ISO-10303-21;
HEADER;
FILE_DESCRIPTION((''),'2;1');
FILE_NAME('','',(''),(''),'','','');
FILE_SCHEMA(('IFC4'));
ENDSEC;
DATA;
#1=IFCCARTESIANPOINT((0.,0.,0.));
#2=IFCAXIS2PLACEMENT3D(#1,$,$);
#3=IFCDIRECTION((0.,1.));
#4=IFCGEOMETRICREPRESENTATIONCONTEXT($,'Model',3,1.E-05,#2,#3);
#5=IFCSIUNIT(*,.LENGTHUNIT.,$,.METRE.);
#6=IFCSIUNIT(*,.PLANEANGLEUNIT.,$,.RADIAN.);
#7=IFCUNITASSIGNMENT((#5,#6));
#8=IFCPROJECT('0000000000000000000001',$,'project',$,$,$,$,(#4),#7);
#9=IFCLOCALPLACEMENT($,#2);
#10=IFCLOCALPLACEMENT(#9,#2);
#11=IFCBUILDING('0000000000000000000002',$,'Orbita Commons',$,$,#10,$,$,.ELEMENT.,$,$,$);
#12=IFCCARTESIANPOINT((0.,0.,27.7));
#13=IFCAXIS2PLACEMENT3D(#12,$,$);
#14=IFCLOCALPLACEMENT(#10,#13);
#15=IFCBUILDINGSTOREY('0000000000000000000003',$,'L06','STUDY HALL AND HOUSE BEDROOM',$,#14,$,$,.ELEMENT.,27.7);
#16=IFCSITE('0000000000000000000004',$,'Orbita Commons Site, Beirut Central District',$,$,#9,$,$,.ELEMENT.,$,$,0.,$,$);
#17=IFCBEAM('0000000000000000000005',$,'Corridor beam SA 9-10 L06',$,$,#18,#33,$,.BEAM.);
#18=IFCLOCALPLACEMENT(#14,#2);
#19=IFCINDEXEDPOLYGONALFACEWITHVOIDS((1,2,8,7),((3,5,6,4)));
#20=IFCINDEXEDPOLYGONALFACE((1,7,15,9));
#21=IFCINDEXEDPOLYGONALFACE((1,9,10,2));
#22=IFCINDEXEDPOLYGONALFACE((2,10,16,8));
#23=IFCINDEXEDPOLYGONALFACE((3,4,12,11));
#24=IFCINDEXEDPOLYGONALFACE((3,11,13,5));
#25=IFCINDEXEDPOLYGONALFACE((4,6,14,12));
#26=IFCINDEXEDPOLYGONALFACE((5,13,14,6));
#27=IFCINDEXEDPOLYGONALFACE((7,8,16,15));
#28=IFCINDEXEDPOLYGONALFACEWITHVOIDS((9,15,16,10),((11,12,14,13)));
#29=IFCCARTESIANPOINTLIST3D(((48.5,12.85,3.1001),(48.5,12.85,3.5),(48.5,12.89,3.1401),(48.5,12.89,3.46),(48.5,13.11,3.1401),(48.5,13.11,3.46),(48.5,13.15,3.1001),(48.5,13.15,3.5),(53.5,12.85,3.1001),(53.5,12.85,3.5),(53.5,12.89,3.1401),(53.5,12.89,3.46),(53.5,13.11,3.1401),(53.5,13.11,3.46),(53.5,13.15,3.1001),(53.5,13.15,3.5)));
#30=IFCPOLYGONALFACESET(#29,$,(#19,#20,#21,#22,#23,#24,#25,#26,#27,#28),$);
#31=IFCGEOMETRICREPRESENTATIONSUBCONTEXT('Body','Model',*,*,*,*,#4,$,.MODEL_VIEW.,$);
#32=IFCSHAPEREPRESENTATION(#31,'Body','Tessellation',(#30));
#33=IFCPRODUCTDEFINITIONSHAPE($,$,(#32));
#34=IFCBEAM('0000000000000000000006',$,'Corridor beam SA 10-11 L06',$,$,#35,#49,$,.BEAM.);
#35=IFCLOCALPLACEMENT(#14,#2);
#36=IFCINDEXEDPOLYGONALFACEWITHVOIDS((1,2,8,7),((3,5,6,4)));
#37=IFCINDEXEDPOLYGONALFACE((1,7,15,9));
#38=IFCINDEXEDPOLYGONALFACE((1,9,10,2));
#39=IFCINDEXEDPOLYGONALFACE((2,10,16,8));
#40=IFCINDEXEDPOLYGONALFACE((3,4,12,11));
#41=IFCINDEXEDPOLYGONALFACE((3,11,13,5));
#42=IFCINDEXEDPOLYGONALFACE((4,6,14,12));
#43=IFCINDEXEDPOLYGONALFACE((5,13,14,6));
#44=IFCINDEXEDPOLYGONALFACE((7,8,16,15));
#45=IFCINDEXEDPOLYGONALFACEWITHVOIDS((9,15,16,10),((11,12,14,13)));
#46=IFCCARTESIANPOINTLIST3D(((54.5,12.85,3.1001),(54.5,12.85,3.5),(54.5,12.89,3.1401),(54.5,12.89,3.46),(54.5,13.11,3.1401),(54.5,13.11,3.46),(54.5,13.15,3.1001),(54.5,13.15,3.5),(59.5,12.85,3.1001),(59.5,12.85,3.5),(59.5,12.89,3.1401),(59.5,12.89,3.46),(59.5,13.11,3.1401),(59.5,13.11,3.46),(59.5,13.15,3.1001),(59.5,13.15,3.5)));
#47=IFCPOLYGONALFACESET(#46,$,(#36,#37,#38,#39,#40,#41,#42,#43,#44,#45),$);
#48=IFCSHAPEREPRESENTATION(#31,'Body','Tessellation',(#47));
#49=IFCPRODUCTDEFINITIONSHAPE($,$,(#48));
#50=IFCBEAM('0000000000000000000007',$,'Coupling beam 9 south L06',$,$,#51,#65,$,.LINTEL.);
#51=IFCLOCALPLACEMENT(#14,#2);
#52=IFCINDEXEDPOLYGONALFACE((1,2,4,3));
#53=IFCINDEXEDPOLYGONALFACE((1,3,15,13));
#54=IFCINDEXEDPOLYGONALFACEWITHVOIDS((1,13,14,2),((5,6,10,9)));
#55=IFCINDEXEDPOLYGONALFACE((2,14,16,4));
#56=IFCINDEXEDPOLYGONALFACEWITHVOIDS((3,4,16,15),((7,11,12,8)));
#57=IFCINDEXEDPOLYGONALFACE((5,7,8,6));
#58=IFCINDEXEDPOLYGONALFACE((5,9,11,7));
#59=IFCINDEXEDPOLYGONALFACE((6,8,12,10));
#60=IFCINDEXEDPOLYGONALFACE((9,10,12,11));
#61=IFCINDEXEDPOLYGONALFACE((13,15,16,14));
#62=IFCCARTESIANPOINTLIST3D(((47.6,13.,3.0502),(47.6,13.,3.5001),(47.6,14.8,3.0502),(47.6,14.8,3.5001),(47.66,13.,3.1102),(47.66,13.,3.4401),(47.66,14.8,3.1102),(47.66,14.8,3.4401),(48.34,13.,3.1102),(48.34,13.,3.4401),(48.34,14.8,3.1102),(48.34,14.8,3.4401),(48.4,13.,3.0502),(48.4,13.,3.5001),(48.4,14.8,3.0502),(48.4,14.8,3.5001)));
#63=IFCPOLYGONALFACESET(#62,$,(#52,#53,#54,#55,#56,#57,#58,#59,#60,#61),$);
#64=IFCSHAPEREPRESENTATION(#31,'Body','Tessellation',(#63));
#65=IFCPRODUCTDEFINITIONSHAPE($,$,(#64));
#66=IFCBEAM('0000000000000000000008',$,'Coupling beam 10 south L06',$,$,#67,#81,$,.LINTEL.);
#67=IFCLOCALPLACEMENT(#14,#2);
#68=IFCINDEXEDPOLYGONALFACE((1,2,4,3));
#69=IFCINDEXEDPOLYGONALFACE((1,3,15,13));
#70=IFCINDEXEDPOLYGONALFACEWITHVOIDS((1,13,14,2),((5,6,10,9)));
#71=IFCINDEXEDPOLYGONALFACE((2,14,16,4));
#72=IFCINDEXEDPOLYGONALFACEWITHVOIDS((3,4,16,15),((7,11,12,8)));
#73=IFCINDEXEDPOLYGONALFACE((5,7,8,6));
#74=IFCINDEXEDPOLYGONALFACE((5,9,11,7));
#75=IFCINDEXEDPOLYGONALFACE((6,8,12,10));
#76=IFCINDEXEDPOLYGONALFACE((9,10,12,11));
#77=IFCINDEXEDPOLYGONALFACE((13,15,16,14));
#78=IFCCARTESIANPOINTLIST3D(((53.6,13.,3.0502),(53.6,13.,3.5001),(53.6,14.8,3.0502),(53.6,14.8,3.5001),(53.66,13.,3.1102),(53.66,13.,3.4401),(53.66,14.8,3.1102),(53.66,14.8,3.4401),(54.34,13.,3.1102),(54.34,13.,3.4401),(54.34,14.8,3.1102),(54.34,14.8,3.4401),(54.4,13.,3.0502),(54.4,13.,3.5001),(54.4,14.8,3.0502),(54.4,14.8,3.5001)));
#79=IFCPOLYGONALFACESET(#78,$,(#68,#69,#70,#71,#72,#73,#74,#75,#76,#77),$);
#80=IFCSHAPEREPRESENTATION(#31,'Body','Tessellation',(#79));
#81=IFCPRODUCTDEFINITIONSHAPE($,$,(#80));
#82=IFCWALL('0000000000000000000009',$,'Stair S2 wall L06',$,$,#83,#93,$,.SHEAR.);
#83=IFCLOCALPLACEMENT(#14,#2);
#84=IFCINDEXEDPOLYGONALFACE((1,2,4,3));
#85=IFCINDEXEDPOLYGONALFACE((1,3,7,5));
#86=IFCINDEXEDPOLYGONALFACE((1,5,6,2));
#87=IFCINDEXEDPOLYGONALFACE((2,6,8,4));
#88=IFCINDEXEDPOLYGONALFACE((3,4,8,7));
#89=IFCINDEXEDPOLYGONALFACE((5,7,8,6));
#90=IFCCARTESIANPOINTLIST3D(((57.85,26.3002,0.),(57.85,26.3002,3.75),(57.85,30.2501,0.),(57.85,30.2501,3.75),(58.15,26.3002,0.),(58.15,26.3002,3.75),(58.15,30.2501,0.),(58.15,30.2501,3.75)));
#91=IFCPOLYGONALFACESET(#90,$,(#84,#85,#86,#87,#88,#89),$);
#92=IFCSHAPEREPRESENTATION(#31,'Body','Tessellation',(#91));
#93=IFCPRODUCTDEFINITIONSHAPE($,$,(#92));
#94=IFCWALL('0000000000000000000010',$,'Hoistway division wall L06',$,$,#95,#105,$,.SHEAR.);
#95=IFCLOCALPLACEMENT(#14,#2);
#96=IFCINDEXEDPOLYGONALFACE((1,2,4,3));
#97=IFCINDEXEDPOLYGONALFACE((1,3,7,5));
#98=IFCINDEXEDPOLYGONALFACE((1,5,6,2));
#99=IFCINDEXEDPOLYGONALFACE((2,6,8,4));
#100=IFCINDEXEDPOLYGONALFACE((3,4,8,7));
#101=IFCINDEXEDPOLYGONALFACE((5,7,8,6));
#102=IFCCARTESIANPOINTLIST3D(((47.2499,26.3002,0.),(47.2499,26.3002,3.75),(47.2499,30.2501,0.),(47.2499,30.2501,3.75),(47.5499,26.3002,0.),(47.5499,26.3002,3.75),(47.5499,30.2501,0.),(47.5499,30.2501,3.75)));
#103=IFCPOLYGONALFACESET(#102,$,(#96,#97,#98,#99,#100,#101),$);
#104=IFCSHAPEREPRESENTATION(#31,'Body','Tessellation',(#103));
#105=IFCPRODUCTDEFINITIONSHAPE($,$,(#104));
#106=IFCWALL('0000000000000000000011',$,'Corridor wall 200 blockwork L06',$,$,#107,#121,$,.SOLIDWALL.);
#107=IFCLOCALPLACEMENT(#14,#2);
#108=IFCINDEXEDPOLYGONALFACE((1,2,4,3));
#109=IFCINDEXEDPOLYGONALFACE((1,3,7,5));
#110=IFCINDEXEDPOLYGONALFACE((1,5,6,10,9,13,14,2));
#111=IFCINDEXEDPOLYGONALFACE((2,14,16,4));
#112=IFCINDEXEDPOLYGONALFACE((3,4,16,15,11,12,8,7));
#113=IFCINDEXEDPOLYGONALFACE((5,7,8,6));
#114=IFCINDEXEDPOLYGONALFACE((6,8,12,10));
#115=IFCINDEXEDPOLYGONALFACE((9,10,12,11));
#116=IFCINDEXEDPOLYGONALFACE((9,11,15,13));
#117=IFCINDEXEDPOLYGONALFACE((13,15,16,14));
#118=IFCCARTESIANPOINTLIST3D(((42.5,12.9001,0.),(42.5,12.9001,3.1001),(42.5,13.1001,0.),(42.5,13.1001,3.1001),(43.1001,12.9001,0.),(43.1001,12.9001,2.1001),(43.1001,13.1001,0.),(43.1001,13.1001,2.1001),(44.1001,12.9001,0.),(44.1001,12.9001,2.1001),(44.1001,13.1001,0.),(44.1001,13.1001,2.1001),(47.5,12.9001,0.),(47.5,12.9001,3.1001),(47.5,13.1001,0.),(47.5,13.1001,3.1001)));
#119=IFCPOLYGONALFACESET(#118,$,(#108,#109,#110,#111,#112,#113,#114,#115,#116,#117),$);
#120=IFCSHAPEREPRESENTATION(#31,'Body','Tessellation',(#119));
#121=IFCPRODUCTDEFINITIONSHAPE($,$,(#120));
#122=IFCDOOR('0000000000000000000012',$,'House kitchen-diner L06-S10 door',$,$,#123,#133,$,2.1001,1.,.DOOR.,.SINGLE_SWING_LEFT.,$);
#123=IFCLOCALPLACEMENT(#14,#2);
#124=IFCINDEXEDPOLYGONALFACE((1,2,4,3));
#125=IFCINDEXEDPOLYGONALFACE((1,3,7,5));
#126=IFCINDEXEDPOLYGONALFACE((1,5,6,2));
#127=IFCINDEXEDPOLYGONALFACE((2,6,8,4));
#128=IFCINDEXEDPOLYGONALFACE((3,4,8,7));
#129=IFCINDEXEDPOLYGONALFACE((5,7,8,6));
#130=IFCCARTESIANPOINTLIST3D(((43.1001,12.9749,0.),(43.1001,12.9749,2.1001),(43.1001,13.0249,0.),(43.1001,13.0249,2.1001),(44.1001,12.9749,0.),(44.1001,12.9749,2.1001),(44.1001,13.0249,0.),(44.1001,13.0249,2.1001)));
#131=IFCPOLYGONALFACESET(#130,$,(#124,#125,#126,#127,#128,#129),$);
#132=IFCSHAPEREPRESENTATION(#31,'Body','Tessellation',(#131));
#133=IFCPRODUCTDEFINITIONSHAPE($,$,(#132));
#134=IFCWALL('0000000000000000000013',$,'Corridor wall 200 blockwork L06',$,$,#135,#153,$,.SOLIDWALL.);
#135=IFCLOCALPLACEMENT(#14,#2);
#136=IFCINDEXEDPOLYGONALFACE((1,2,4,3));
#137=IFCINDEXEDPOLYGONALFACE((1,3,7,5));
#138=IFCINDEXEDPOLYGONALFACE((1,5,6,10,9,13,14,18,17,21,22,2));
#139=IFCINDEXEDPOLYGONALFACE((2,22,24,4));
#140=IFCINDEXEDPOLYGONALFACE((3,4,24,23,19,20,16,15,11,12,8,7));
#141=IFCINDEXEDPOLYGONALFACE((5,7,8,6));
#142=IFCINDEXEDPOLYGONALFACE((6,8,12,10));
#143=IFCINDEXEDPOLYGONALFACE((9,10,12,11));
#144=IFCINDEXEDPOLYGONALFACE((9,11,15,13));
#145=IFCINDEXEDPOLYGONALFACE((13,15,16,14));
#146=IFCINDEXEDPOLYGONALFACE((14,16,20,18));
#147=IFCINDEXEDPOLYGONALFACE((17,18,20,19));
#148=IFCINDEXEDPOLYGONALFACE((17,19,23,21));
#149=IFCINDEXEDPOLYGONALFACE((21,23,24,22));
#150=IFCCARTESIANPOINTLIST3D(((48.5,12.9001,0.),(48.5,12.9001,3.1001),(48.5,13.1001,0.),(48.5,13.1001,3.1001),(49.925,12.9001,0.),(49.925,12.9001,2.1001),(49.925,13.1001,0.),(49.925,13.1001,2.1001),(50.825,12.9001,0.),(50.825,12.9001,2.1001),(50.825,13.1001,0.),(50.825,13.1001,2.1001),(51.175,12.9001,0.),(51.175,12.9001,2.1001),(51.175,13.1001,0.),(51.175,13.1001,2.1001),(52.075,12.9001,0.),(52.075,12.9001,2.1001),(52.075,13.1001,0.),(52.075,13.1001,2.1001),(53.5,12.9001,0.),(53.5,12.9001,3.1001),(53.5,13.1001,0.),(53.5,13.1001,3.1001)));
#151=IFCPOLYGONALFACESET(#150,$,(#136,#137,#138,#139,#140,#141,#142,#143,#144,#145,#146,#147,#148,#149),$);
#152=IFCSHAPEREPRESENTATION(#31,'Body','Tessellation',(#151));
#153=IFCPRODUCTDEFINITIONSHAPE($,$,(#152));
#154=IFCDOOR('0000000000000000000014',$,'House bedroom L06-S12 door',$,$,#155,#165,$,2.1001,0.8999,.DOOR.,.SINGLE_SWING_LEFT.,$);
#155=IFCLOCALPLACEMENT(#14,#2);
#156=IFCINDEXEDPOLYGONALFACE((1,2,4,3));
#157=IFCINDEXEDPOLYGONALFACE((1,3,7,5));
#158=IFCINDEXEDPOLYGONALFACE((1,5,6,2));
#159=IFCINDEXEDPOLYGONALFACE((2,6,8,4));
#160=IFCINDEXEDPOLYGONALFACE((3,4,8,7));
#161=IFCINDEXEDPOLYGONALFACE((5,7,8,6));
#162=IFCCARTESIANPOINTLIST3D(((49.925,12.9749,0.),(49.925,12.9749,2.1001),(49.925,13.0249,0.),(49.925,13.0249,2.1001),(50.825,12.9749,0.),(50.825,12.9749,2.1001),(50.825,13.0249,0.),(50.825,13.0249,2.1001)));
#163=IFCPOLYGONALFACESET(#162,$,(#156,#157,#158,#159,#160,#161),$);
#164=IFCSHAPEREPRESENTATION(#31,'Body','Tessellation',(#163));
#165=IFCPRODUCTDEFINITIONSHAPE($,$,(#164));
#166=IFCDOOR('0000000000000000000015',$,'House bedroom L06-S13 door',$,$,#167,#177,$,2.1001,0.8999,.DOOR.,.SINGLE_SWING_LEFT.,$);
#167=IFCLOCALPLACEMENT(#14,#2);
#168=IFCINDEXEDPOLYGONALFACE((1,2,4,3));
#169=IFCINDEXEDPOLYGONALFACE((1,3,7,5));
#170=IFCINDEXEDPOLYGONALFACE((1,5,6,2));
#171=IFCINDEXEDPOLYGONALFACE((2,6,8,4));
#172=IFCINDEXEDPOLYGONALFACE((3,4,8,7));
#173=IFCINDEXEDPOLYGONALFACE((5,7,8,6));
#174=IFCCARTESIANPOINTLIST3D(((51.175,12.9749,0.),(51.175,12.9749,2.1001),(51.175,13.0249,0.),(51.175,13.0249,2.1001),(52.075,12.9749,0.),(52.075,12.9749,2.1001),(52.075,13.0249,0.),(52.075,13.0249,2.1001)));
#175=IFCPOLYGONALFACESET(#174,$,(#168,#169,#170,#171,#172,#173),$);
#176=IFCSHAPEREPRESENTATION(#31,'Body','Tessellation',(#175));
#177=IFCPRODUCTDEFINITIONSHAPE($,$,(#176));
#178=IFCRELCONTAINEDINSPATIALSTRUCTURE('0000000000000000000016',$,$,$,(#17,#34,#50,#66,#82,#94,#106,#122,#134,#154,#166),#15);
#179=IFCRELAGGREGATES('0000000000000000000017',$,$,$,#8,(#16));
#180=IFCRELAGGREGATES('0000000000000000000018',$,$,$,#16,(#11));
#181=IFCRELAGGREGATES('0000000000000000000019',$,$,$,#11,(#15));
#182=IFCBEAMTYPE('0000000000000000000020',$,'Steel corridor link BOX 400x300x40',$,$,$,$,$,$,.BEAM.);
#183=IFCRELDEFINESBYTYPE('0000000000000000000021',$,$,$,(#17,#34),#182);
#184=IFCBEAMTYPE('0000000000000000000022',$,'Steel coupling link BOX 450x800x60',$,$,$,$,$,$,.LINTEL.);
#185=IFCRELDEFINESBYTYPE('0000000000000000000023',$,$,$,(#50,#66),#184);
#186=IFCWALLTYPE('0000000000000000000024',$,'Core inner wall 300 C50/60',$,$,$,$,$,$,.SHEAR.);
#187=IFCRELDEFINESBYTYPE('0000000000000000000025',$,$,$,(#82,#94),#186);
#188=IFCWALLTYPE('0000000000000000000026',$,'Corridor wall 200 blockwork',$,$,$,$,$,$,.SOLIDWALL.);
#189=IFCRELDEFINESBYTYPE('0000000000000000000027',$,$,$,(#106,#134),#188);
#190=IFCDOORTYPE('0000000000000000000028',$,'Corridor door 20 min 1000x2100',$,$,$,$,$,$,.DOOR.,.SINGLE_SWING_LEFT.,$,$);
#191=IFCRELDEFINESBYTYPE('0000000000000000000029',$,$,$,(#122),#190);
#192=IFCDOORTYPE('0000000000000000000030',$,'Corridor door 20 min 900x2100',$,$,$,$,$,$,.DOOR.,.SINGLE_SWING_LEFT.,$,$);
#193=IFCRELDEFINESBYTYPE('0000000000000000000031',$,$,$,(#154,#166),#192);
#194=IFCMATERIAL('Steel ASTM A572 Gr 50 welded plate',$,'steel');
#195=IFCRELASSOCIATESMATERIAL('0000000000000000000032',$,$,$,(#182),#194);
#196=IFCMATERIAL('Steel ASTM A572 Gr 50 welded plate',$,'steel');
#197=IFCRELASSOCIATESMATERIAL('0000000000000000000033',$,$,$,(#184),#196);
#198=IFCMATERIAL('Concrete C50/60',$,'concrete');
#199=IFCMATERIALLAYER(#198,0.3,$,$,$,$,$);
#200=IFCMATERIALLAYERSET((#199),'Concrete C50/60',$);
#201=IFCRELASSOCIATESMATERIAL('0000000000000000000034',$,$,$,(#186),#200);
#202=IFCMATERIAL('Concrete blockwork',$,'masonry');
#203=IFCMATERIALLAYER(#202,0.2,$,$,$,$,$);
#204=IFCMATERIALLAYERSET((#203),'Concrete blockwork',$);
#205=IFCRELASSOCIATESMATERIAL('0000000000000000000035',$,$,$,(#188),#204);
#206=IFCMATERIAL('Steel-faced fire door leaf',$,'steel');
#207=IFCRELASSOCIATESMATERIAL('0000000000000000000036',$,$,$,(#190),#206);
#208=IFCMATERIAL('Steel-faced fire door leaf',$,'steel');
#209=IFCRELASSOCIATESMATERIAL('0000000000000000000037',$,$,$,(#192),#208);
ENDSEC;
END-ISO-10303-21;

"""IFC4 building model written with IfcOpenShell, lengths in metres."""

from ifc_helpers import new_model, si_unit, direction, frame, frame_2d, origin, origin_2d, place, context, subcontext, project, spatial, polyline, rectangle, hollow_rectangle, outline, extrude, material, layer, layer_set, material_profile, profile_set, type_object, element, fill, save


model = new_model("IFC4")

# Units and contexts
model_context = context("Model", 3, precision=1e-05, world=origin(), true_north=direction((0.0, 1.0)))
body_context = subcontext(model_context, "Body", "Model", "MODEL_VIEW")
ifc_project = project(units=[si_unit("LENGTHUNIT", "METRE"), si_unit("PLANEANGLEUNIT", "RADIAN")], contexts=[model_context])

# Site, building, storey
site_placement = place(None, origin())
site = spatial("IfcSite", under=ifc_project, at=site_placement, Name="Orbita Commons Site, Beirut Central District", CompositionType="ELEMENT", RefElevation=0.0)
building_placement = place(site_placement, origin())
building = spatial("IfcBuilding", under=site, at=building_placement, Name="Orbita Commons", CompositionType="ELEMENT")
storey_placement = place(building_placement, frame((0.0, 0.0, 27.7)))
storey = spatial("IfcBuildingStorey", under=building, at=storey_placement, Name="L06", Description="STUDY HALL AND HOUSE BEDROOM", CompositionType="ELEMENT", Elevation=27.7)

# Beams
ifc_material_1 = material(Name="Steel ASTM A572 Gr 50 welded plate", Category="steel")
ifc_material_profile_1 = material_profile(ifc_material_1, hollow_rectangle(XDim=0.3, YDim=0.3999, WallThickness=0.04, at=origin_2d()), Name="BOX 400x300x40")
ifc_profile_set_1 = profile_set([ifc_material_profile_1], Name="Steel ASTM A572 Gr 50 welded plate")
beam_type_1 = type_object("IfcBeamType", Name="Steel corridor link BOX 400x300x40", PredefinedType="BEAM", material=ifc_profile_set_1)
for number, where, z_axis, x_axis, name in (
    (1, (48.5, 13.0, 3.3), (1.0, 0.0, 0.0), (0.0, 1.0, 0.0), "Corridor beam SA 9-10 L06"),
    (2, (54.5, 13.0, 3.3), (1.0, 0.0, 0.0), (0.0, 1.0, 0.0), "Corridor beam SA 10-11 L06"),
):
    element("IfcBeam", number, at=place(storey_placement, frame(where, z_axis=z_axis, x_axis=x_axis)), inside=storey, type_object=beam_type_1, Name=name, PredefinedType="BEAM", context=body_context, shape_type="SweptSolid", body=[
        extrude(hollow_rectangle(XDim=0.3, YDim=0.3999, WallThickness=0.04, at=origin_2d()), origin(), (0.0, 0.0, 1.0), 5.0),
    ])
ifc_material_2 = material(Name="Steel ASTM A572 Gr 50 welded plate", Category="steel")
ifc_material_profile_2 = material_profile(ifc_material_2, hollow_rectangle(XDim=0.8, YDim=0.45, WallThickness=0.0601, at=origin_2d()), Name="BOX 450x800x60")
ifc_profile_set_2 = profile_set([ifc_material_profile_2], Name="Steel ASTM A572 Gr 50 welded plate")
beam_type_2 = type_object("IfcBeamType", Name="Steel coupling link BOX 450x800x60", PredefinedType="LINTEL", material=ifc_profile_set_2)
for number, where, z_axis, x_axis, name in (
    (3, (48.0, 13.0, 3.2751), (0.0, 1.0, 0.0), (-1.0, 0.0, 0.0), "Coupling beam 9 south L06"),
    (4, (54.0, 13.0, 3.2751), (0.0, 1.0, 0.0), (-1.0, 0.0, 0.0), "Coupling beam 10 south L06"),
):
    element("IfcBeam", number, at=place(storey_placement, frame(where, z_axis=z_axis, x_axis=x_axis)), inside=storey, type_object=beam_type_2, Name=name, PredefinedType="LINTEL", context=body_context, shape_type="SweptSolid", body=[
        extrude(hollow_rectangle(XDim=0.8, YDim=0.45, WallThickness=0.0601, at=origin_2d()), origin(), (0.0, 0.0, 1.0), 1.8),
    ])

# Walls
ifc_material_3 = material(Name="Concrete C50/60", Category="concrete")
ifc_layer_1 = layer(ifc_material_3, 0.3)
ifc_layer_set_1 = layer_set([ifc_layer_1], Name="Concrete C50/60")
wall_type_1 = type_object("IfcWallType", Name="Core inner wall 300 C50/60", PredefinedType="SHEAR", material=ifc_layer_set_1)
for number, where, z_axis, x_axis, name in (
    (5, (58.0, 26.3, 0.0), (0.0, 0.0, 1.0), (0.0, 1.0, 0.0), "Stair S2 wall L06"),
    (6, (47.3999, 26.3, 0.0), (0.0, 0.0, 1.0), (0.0, 1.0, 0.0), "Hoistway division wall L06"),
):
    element("IfcWall", number, at=place(storey_placement, frame(where, z_axis=z_axis, x_axis=x_axis)), inside=storey, type_object=wall_type_1, Name=name, PredefinedType="SHEAR", context=body_context, shape_type="SweptSolid", body=[
        extrude(rectangle(XDim=3.95, YDim=0.3, at=frame_2d((1.9751, 0.0))), origin(), (0.0, 0.0, 1.0), 3.75),
    ])

# Wall, opening, door
ifc_material_4 = material(Name="Concrete blockwork", Category="masonry")
ifc_layer_2 = layer(ifc_material_4, 0.2)
ifc_layer_set_2 = layer_set([ifc_layer_2], Name="Concrete blockwork")
wall_type_2 = type_object("IfcWallType", Name="Corridor wall 200 blockwork", PredefinedType="SOLIDWALL", material=ifc_layer_set_2)
wall_1_placement = place(storey_placement, frame((42.5, 13.0, 0.0), z_axis=(0.0, 0.0, 1.0), x_axis=(1.0, 0.0, 0.0)))
wall_1 = element("IfcWall", 7, at=wall_1_placement, inside=storey, type_object=wall_type_2, Name="Corridor wall 200 blockwork L06", PredefinedType="SOLIDWALL", context=body_context, shape_type="SweptSolid", body=[
    extrude(outline(polyline([(0.0, 0.0), (5.0, 0.0), (5.0, 3.1001), (0.0, 3.1001), (0.0, 0.0)])), frame((0.0, 0.1001, 0.0), z_axis=(0.0, -1.0, 0.0), x_axis=(1.0, 0.0, 0.0)), (0.0, 0.0, 1.0), 0.2),
])
opening_1_placement = place(wall_1_placement, frame((0.6001, 0.0, 0.0)))
opening_1 = element("IfcOpeningElement", 8, at=opening_1_placement, cuts=wall_1, PredefinedType="OPENING", context=body_context, shape_type="SweptSolid", body=[
    extrude(rectangle(XDim=1.0, YDim=2.1001, at=frame_2d((0.5, 1.05))), frame((0.0, 0.1099, 0.0), z_axis=(0.0, -1.0, 0.0), x_axis=(1.0, 0.0, 0.0)), (0.0, 0.0, 1.0), 0.22),
])
ifc_material_5 = material(Name="Steel-faced fire door leaf", Category="steel")
door_type_1 = type_object("IfcDoorType", Name="Corridor door 20 min 1000x2100", OperationType="SINGLE_SWING_LEFT", PredefinedType="DOOR", material=ifc_material_5)
door_1_placement = place(opening_1_placement, origin())
door_1 = element("IfcDoor", 9, at=door_1_placement, inside=storey, type_object=door_type_1, Name="House kitchen-diner L06-S10 door", OperationType="SINGLE_SWING_LEFT", OverallHeight=2.1001, OverallWidth=1.0, PredefinedType="DOOR", context=body_context, shape_type="SweptSolid", body=[
    extrude(rectangle(XDim=1.0, YDim=2.1001, at=frame_2d((0.5, 1.05))), frame((0.0, 0.0249, 0.0), z_axis=(0.0, -1.0, 0.0), x_axis=(1.0, 0.0, 0.0)), (0.0, 0.0, 1.0), 0.05),
])
fill(opening_1, door_1)

# Wall, openings, doors
wall_2_placement = place(storey_placement, frame((48.5, 13.0, 0.0), z_axis=(0.0, 0.0, 1.0), x_axis=(1.0, 0.0, 0.0)))
wall_2 = element("IfcWall", 10, at=wall_2_placement, inside=storey, type_object=wall_type_2, Name="Corridor wall 200 blockwork L06", PredefinedType="SOLIDWALL", context=body_context, shape_type="SweptSolid", body=[
    extrude(outline(polyline([(0.0, 0.0), (5.0, 0.0), (5.0, 3.1001), (0.0, 3.1001), (0.0, 0.0)])), frame((0.0, 0.1001, 0.0), z_axis=(0.0, -1.0, 0.0), x_axis=(1.0, 0.0, 0.0)), (0.0, 0.0, 1.0), 0.2),
])
opening_2_placement = place(wall_2_placement, frame((1.425, 0.0, 0.0)))
opening_2 = element("IfcOpeningElement", 11, at=opening_2_placement, cuts=wall_2, PredefinedType="OPENING", context=body_context, shape_type="SweptSolid", body=[
    extrude(rectangle(XDim=0.8999, YDim=2.1001, at=frame_2d((0.45, 1.05))), frame((0.0, 0.1099, 0.0), z_axis=(0.0, -1.0, 0.0), x_axis=(1.0, 0.0, 0.0)), (0.0, 0.0, 1.0), 0.22),
])
opening_3_placement = place(wall_2_placement, frame((2.675, 0.0, 0.0)))
opening_3 = element("IfcOpeningElement", 12, at=opening_3_placement, cuts=wall_2, PredefinedType="OPENING", context=body_context, shape_type="SweptSolid", body=[
    extrude(rectangle(XDim=0.8999, YDim=2.1001, at=frame_2d((0.45, 1.05))), frame((0.0, 0.1099, 0.0), z_axis=(0.0, -1.0, 0.0), x_axis=(1.0, 0.0, 0.0)), (0.0, 0.0, 1.0), 0.22),
])
ifc_material_6 = material(Name="Steel-faced fire door leaf", Category="steel")
door_type_2 = type_object("IfcDoorType", Name="Corridor door 20 min 900x2100", OperationType="SINGLE_SWING_LEFT", PredefinedType="DOOR", material=ifc_material_6)
door_2_placement = place(opening_2_placement, origin())
door_2 = element("IfcDoor", 13, at=door_2_placement, inside=storey, type_object=door_type_2, Name="House bedroom L06-S12 door", OperationType="SINGLE_SWING_LEFT", OverallHeight=2.1001, OverallWidth=0.8999, PredefinedType="DOOR", context=body_context, shape_type="SweptSolid", body=[
    extrude(rectangle(XDim=0.8999, YDim=2.1001, at=frame_2d((0.45, 1.05))), frame((0.0, 0.0249, 0.0), z_axis=(0.0, -1.0, 0.0), x_axis=(1.0, 0.0, 0.0)), (0.0, 0.0, 1.0), 0.05),
])
fill(opening_2, door_2)
door_3_placement = place(opening_3_placement, origin())
door_3 = element("IfcDoor", 14, at=door_3_placement, inside=storey, type_object=door_type_2, Name="House bedroom L06-S13 door", OperationType="SINGLE_SWING_LEFT", OverallHeight=2.1001, OverallWidth=0.8999, PredefinedType="DOOR", context=body_context, shape_type="SweptSolid", body=[
    extrude(rectangle(XDim=0.8999, YDim=2.1001, at=frame_2d((0.45, 1.05))), frame((0.0, 0.0249, 0.0), z_axis=(0.0, -1.0, 0.0), x_axis=(1.0, 0.0, 0.0)), (0.0, 0.0, 1.0), 0.05),
])
fill(opening_3, door_3)

save(model, "model.ifc")
